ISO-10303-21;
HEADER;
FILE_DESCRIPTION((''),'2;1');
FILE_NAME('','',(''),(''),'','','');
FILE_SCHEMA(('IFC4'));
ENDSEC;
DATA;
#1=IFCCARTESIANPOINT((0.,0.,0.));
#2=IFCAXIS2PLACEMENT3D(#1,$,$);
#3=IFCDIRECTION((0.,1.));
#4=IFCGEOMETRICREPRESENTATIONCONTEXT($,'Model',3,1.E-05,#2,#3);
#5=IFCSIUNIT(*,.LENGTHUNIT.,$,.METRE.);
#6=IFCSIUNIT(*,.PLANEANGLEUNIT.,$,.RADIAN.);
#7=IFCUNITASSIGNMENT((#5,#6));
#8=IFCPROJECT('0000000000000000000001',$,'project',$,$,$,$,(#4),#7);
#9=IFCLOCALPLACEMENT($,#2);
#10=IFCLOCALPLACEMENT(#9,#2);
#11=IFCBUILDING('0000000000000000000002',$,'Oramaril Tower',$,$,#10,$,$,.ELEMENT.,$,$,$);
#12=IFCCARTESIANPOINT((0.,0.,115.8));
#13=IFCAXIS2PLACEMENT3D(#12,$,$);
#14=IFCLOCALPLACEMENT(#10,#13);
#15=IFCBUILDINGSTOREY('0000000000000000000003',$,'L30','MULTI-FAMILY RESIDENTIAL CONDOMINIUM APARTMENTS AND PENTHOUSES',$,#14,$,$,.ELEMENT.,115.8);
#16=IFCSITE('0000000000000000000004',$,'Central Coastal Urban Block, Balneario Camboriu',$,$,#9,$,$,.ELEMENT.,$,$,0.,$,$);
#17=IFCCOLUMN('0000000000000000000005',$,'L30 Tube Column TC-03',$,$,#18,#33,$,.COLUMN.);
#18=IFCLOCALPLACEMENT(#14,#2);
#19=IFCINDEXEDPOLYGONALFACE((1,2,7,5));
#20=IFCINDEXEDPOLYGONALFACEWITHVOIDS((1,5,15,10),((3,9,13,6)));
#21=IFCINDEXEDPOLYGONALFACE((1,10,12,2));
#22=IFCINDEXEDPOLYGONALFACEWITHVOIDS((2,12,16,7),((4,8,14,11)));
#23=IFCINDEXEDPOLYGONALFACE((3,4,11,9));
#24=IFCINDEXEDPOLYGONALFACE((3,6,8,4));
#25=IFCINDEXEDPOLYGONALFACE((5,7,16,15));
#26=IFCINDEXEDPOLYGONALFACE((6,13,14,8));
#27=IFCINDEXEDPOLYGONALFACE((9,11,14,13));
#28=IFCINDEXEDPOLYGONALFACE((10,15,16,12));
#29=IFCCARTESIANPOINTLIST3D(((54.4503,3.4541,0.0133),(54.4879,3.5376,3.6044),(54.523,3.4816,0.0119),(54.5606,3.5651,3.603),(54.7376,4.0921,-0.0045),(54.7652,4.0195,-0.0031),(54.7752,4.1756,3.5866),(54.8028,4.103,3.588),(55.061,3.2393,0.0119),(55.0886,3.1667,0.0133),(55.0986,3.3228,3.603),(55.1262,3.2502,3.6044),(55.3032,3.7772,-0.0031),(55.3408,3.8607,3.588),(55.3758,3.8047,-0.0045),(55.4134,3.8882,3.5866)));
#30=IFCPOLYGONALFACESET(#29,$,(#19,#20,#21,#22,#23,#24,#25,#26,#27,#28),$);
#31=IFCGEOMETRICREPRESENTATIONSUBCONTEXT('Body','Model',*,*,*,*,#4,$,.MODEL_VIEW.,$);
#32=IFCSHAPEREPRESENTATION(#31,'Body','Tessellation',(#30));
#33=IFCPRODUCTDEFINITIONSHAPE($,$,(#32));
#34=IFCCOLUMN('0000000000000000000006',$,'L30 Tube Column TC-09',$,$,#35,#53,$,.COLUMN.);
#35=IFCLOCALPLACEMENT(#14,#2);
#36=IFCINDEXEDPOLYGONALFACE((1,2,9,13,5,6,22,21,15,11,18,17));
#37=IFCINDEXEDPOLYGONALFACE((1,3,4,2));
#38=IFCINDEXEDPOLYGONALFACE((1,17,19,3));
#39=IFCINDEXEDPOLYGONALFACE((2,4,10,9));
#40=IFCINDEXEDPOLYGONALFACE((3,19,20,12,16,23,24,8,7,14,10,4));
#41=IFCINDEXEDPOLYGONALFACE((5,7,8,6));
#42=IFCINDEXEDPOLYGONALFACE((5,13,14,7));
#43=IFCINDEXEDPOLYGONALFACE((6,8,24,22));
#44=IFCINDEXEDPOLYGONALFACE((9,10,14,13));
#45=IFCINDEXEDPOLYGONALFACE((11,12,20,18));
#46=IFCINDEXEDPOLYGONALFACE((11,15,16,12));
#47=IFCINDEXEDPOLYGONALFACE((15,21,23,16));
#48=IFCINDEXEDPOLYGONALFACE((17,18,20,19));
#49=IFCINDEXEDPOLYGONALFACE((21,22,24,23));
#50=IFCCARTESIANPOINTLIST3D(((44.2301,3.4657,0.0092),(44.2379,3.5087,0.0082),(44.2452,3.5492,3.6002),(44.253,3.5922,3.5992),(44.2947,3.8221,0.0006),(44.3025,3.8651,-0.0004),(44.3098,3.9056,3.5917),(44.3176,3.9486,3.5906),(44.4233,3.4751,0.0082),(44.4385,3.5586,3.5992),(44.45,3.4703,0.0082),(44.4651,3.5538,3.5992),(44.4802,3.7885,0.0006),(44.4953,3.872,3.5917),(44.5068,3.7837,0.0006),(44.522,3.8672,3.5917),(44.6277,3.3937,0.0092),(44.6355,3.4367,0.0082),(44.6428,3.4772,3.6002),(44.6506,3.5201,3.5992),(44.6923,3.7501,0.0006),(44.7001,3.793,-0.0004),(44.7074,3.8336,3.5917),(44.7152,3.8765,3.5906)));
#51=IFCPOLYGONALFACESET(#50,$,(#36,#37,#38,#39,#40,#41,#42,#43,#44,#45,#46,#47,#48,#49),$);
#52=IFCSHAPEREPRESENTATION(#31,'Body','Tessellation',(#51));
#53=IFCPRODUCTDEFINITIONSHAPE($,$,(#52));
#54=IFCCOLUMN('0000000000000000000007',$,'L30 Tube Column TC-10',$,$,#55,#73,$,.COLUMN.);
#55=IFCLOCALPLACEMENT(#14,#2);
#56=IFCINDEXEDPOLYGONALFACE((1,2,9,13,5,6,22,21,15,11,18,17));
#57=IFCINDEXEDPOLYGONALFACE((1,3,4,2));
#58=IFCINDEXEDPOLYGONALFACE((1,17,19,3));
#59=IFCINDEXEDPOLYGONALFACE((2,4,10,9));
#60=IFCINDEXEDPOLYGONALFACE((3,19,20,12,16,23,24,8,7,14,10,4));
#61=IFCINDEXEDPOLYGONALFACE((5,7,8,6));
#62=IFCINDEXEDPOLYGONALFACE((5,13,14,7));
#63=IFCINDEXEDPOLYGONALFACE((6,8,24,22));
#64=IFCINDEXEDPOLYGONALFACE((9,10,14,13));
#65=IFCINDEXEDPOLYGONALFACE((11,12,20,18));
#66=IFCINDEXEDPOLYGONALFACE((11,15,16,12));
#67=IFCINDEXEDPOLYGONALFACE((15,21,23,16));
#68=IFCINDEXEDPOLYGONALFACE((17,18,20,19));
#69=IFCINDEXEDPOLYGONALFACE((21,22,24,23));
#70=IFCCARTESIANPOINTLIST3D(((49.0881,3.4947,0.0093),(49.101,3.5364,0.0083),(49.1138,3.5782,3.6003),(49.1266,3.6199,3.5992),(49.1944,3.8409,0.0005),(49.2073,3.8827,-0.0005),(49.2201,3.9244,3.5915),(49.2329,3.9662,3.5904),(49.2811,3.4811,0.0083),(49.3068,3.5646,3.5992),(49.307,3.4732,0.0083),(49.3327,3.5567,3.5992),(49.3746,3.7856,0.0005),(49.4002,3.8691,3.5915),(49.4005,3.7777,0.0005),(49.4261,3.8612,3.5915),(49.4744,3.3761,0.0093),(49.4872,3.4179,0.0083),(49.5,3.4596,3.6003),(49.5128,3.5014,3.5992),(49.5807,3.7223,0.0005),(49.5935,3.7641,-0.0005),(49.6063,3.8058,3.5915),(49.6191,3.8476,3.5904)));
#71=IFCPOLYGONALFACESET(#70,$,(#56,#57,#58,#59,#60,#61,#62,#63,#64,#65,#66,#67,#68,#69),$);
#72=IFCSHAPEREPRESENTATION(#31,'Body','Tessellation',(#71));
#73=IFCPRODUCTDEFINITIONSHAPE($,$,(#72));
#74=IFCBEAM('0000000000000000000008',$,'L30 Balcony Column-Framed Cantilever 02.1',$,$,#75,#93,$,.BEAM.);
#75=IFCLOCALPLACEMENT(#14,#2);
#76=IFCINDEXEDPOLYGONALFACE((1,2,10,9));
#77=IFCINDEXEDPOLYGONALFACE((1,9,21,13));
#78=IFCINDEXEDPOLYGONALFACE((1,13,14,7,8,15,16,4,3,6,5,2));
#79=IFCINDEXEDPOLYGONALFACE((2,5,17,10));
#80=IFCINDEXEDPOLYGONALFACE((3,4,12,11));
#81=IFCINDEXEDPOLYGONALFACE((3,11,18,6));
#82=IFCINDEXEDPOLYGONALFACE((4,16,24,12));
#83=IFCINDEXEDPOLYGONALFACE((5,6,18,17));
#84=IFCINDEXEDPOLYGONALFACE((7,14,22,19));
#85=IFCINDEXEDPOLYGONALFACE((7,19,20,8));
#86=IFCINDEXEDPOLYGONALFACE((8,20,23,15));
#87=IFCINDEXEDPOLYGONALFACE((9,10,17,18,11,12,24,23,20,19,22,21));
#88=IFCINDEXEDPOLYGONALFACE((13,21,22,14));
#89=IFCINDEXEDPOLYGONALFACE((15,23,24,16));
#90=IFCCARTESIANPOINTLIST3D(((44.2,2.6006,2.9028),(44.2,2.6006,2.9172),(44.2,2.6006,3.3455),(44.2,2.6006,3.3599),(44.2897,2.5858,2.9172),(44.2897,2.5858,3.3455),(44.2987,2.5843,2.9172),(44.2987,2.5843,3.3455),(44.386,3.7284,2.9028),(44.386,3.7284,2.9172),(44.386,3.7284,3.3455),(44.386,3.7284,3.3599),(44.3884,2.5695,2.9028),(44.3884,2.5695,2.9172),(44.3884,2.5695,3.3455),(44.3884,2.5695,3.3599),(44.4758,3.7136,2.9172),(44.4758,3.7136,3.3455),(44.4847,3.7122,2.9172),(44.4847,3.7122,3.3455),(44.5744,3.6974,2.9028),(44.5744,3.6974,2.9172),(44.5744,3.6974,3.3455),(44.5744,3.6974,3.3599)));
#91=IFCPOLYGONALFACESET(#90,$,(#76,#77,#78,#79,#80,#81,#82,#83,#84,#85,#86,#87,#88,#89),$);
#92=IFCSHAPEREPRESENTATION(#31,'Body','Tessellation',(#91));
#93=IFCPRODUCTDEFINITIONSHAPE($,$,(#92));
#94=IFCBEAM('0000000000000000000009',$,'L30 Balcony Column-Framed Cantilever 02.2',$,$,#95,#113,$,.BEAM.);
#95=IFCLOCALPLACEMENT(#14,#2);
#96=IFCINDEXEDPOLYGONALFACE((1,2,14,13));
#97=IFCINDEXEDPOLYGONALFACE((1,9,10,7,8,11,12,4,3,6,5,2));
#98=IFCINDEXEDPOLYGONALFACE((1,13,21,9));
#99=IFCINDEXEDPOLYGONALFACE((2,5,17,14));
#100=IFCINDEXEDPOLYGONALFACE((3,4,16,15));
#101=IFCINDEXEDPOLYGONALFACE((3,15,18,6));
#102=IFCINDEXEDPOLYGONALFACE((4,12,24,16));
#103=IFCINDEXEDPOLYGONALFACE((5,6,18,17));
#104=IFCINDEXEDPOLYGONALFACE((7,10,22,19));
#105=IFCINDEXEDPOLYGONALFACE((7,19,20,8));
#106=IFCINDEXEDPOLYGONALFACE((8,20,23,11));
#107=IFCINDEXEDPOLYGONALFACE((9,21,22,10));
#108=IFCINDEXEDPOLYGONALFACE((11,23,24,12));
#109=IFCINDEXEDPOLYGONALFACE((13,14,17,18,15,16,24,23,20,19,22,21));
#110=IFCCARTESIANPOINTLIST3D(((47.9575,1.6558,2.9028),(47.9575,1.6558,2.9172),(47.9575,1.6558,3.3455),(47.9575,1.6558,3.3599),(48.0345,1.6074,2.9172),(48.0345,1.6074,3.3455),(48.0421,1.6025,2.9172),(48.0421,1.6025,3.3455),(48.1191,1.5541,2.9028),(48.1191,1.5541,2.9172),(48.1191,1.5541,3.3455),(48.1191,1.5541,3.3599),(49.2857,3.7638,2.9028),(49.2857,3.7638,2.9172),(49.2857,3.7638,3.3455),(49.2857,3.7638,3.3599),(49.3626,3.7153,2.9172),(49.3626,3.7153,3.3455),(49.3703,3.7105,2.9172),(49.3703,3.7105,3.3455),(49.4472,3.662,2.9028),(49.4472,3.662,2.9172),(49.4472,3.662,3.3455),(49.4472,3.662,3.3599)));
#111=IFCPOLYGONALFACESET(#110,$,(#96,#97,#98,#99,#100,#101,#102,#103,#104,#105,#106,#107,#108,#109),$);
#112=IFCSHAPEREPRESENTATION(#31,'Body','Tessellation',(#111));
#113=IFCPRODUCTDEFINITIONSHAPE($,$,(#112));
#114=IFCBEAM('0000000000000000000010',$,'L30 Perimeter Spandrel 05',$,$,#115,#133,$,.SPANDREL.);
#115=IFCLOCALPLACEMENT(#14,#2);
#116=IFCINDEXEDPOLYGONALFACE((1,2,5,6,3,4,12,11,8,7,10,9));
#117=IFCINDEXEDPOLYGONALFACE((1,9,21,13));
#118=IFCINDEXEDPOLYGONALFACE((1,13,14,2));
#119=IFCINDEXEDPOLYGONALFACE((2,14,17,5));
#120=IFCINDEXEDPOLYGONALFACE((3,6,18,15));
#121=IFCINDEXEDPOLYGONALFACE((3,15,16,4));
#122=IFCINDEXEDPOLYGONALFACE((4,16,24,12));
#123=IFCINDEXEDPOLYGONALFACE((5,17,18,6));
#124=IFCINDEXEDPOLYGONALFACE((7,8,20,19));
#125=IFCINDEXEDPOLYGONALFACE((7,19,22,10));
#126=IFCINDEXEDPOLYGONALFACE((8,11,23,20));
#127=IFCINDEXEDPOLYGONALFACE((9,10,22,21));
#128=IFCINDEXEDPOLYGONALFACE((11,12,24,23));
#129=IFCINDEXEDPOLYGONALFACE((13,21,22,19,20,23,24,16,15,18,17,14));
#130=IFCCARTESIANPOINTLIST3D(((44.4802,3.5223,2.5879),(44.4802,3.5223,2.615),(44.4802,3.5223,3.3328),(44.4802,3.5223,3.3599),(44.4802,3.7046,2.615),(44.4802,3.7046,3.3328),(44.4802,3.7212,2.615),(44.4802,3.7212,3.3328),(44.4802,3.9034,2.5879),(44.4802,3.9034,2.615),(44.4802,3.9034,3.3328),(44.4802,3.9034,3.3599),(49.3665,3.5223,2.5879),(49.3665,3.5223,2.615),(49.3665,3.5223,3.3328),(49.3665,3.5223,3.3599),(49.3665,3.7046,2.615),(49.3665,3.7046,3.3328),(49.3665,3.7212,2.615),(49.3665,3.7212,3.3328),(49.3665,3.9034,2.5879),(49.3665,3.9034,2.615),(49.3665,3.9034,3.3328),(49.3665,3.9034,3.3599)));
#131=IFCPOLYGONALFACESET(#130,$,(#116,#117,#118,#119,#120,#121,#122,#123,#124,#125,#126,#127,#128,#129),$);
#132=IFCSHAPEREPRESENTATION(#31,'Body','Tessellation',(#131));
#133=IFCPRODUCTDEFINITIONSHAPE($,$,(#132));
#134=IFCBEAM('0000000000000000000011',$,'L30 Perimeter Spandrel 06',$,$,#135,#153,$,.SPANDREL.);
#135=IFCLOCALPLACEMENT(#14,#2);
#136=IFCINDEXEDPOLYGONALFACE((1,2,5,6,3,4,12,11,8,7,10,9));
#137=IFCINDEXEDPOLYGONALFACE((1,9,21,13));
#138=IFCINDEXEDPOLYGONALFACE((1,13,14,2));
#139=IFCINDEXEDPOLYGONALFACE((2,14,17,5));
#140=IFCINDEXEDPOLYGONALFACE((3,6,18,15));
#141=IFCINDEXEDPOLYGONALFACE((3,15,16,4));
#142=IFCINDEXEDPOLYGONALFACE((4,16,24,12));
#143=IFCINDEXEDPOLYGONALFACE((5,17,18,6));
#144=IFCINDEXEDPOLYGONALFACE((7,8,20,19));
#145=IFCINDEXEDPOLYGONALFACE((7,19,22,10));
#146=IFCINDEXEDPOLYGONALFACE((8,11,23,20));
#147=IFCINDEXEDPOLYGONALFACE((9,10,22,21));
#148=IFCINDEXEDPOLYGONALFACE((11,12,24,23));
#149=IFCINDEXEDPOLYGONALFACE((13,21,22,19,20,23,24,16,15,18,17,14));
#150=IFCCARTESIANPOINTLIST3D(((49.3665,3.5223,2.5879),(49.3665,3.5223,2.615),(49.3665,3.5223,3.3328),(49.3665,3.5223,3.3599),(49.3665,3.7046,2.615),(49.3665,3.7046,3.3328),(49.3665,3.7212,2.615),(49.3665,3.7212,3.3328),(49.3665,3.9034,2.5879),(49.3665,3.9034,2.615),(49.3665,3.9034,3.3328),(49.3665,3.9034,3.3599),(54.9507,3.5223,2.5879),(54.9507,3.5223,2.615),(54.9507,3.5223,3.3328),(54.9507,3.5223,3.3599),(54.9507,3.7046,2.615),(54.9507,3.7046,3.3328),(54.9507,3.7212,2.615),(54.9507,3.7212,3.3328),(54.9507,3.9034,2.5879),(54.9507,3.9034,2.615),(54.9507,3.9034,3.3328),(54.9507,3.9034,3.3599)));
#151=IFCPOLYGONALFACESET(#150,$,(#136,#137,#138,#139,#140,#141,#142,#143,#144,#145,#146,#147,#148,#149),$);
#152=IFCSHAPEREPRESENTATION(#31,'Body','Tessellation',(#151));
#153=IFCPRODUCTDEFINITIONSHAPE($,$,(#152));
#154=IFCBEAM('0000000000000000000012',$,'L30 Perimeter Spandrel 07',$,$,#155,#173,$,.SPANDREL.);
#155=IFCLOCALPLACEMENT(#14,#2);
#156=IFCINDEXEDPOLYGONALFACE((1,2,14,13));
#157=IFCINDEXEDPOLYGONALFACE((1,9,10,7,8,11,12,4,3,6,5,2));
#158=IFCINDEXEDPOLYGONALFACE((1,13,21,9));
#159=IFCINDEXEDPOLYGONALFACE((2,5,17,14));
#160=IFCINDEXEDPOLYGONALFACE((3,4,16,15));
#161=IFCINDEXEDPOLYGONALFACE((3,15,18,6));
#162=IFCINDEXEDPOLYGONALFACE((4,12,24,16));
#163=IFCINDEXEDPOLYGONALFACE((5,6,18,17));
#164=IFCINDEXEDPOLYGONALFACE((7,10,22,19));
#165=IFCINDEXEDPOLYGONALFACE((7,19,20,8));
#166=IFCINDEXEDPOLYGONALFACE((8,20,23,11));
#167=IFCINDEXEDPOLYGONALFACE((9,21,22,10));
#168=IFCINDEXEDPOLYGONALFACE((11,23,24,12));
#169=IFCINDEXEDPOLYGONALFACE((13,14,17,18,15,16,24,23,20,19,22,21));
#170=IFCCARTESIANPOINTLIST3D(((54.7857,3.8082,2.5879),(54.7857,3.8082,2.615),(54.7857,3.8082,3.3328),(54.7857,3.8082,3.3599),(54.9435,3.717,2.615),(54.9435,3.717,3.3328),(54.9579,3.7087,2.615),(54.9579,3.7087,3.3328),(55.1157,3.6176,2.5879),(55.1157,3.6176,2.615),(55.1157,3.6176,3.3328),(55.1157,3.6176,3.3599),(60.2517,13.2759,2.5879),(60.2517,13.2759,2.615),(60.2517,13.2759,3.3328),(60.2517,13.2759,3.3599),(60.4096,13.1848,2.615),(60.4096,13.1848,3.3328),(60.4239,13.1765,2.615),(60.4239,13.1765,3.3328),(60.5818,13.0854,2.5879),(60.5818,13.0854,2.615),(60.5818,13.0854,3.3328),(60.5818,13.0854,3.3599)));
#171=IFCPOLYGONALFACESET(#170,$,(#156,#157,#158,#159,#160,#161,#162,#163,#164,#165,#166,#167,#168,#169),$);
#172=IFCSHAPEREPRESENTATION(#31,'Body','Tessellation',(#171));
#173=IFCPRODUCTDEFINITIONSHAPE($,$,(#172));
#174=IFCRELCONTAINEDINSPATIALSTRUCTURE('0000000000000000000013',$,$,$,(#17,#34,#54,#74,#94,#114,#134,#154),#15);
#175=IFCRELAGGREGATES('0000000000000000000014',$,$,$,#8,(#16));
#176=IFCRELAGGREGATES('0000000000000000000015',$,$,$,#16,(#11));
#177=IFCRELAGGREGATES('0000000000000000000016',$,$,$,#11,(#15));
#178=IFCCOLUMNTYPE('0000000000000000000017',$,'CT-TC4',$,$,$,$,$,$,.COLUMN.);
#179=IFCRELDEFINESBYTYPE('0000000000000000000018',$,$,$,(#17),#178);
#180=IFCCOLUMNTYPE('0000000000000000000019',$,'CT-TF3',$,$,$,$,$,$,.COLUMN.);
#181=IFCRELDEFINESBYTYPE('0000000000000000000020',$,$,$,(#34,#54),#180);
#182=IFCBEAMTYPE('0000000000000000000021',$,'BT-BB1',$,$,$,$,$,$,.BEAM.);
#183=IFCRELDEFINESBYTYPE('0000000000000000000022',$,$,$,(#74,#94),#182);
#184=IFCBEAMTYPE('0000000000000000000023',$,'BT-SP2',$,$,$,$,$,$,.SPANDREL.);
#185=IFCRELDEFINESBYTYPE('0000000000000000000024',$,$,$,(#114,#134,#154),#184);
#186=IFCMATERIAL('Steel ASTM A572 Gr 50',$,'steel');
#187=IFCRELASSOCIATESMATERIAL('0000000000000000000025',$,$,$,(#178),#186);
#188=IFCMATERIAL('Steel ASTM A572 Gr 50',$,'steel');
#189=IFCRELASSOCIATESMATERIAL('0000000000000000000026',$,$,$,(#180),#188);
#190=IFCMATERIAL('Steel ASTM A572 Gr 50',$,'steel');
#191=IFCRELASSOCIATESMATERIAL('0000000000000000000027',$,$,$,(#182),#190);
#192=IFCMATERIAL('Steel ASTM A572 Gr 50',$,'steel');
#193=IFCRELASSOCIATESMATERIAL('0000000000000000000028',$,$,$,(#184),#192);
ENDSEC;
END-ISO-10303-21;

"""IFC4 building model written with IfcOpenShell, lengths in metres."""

from ifc_helpers import new_model, si_unit, direction, frame, origin, origin_2d, place, context, subcontext, project, spatial, hollow_rectangle, i_section, extrude, material, material_profile, profile_set, type_object, element, save


model = new_model("IFC4")

# Units and contexts
model_context = context("Model", 3, precision=1e-05, world=origin(), true_north=direction((0.0, 1.0)))
body_context = subcontext(model_context, "Body", "Model", "MODEL_VIEW")
ifc_project = project(units=[si_unit("LENGTHUNIT", "METRE"), si_unit("PLANEANGLEUNIT", "RADIAN")], contexts=[model_context])

# Site, building, storey
site_placement = place(None, origin())
site = spatial("IfcSite", under=ifc_project, at=site_placement, Name="Central Coastal Urban Block, Balneario Camboriu", CompositionType="ELEMENT", RefElevation=0.0)
building_placement = place(site_placement, origin())
building = spatial("IfcBuilding", under=site, at=building_placement, Name="Oramaril Tower", CompositionType="ELEMENT")
storey_placement = place(building_placement, frame((0.0, 0.0, 115.8)))
storey = spatial("IfcBuildingStorey", under=building, at=storey_placement, Name="L30", Description="MULTI-FAMILY RESIDENTIAL CONDOMINIUM APARTMENTS AND PENTHOUSES", CompositionType="ELEMENT", Elevation=115.8)

# Columns
ifc_material_1 = material(Name="Steel ASTM A572 Gr 50", Category="steel")
ifc_material_profile_1 = material_profile(ifc_material_1, hollow_rectangle(XDim=0.7, YDim=0.7, WallThickness=0.0549, at=origin_2d()), Name="BOX700X700X55")
ifc_profile_set_1 = profile_set([ifc_material_profile_1], Name="Steel ASTM A572 Gr 50")
column_type_1 = type_object("IfcColumnType", Name="CT-TC4", PredefinedType="COLUMN", material=ifc_profile_set_1)
column_placement = place(storey_placement, frame((54.9131, 3.6294, 0.0044), z_axis=(0.010466, 0.023244, 0.999675), x_axis=(-0.911822, 0.410586, 0.0)))
element("IfcColumn", 1, at=column_placement, inside=storey, type_object=column_type_1, Name="L30 Tube Column TC-03", PredefinedType="COLUMN", context=body_context, shape_type="SweptSolid", body=[
    extrude(hollow_rectangle(XDim=0.7, YDim=0.7, WallThickness=0.0549, at=origin_2d()), origin(), (0.0, 0.0, 1.0), 3.5923),
])
ifc_material_2 = material(Name="Steel ASTM A572 Gr 50", Category="steel")
ifc_material_profile_2 = material_profile(ifc_material_2, i_section(OverallWidth=0.4041, OverallDepth=0.406, WebThickness=0.0271, FlangeThickness=0.0437, at=origin_2d()), Name="W14X233")
ifc_profile_set_2 = profile_set([ifc_material_profile_2], Name="Steel ASTM A572 Gr 50")
column_type_2 = type_object("IfcColumnType", Name="CT-TF3", PredefinedType="COLUMN", material=ifc_profile_set_2)
for number, where, z_axis, x_axis, name in (
    (2, (44.4651, 3.6294, 0.0044), (0.004214, 0.023245, 0.999721), (-0.983962, 0.178379, 0.0), "L30 Tube Column TC-09"),
    (3, (49.3408, 3.6294, 0.0044), (0.007136, 0.023244, 0.999704), (-0.95596, 0.293497, 0.0), "L30 Tube Column TC-10"),
):
    element("IfcColumn", number, at=place(storey_placement, frame(where, z_axis=z_axis, x_axis=x_axis)), inside=storey, type_object=column_type_2, Name=name, PredefinedType="COLUMN", context=body_context, shape_type="SweptSolid", body=[
        extrude(i_section(OverallWidth=0.4041, OverallDepth=0.406, WebThickness=0.0271, FlangeThickness=0.0437, at=origin_2d()), origin(), (0.0, 0.0, 1.0), 3.592),
    ])

# Beams
ifc_material_3 = material(Name="Steel ASTM A572 Gr 50", Category="steel")
ifc_material_profile_3 = material_profile(ifc_material_3, i_section(OverallWidth=0.1909, OverallDepth=0.457, WebThickness=0.009, FlangeThickness=0.0144, at=origin_2d()), Name="W18X50")
ifc_profile_set_3 = profile_set([ifc_material_profile_3], Name="Steel ASTM A572 Gr 50")
beam_type_1 = type_object("IfcBeamType", Name="BT-BB1", PredefinedType="BEAM", material=ifc_profile_set_3)
beam_1_placement = place(storey_placement, frame((44.4802, 3.7129, 3.1313), z_axis=(-0.162736, -0.98667, 0.0), x_axis=(0.98667, -0.162736, 0.0)))
element("IfcBeam", 4, at=beam_1_placement, inside=storey, type_object=beam_type_1, Name="L30 Balcony Column-Framed Cantilever 02.1", PredefinedType="BEAM", context=body_context, shape_type="SweptSolid", body=[
    extrude(i_section(OverallWidth=0.1909, OverallDepth=0.457, WebThickness=0.009, FlangeThickness=0.0144, at=origin_2d()), origin(), (0.0, 0.0, 1.0), 1.1431),
])
beam_2_placement = place(storey_placement, frame((49.3665, 3.7129, 3.1313), z_axis=(-0.533078, -0.846066, 0.0), x_axis=(0.846066, -0.533078, 0.0)))
element("IfcBeam", 5, at=beam_2_placement, inside=storey, type_object=beam_type_1, Name="L30 Balcony Column-Framed Cantilever 02.2", PredefinedType="BEAM", context=body_context, shape_type="SweptSolid", body=[
    extrude(i_section(OverallWidth=0.1909, OverallDepth=0.457, WebThickness=0.009, FlangeThickness=0.0144, at=origin_2d()), origin(), (0.0, 0.0, 1.0), 2.4915),
])
ifc_material_4 = material(Name="Steel ASTM A572 Gr 50", Category="steel")
ifc_material_profile_4 = material_profile(ifc_material_4, i_section(OverallWidth=0.3811, OverallDepth=0.772, WebThickness=0.0166, FlangeThickness=0.0271, at=origin_2d()), Name="W30X173")
ifc_profile_set_4 = profile_set([ifc_material_profile_4], Name="Steel ASTM A572 Gr 50")
beam_type_2 = type_object("IfcBeamType", Name="BT-SP2", PredefinedType="SPANDREL", material=ifc_profile_set_4)
beam_3_placement = place(storey_placement, frame((44.4802, 3.7129, 2.9739), z_axis=(1.0, 0.0, 0.0), x_axis=(0.0, 1.0, 0.0)))
element("IfcBeam", 6, at=beam_3_placement, inside=storey, type_object=beam_type_2, Name="L30 Perimeter Spandrel 05", PredefinedType="SPANDREL", context=body_context, shape_type="SweptSolid", body=[
    extrude(i_section(OverallWidth=0.3811, OverallDepth=0.772, WebThickness=0.0166, FlangeThickness=0.0271, at=origin_2d()), origin(), (0.0, 0.0, 1.0), 4.8862),
])
beam_4_placement = place(storey_placement, frame((49.3665, 3.7129, 2.9739), z_axis=(1.0, 0.0, 0.0), x_axis=(0.0, 1.0, 0.0)))
element("IfcBeam", 7, at=beam_4_placement, inside=storey, type_object=beam_type_2, Name="L30 Perimeter Spandrel 06", PredefinedType="SPANDREL", context=body_context, shape_type="SweptSolid", body=[
    extrude(i_section(OverallWidth=0.3811, OverallDepth=0.772, WebThickness=0.0166, FlangeThickness=0.0271, at=origin_2d()), origin(), (0.0, 0.0, 1.0), 5.5842),
])
beam_5_placement = place(storey_placement, frame((54.9507, 3.7129, 2.9739), z_axis=(0.499989, 0.866032, 0.0), x_axis=(-0.866032, 0.499989, 0.0)))
element("IfcBeam", 8, at=beam_5_placement, inside=storey, type_object=beam_type_2, Name="L30 Perimeter Spandrel 07", PredefinedType="SPANDREL", context=body_context, shape_type="SweptSolid", body=[
    extrude(i_section(OverallWidth=0.3811, OverallDepth=0.772, WebThickness=0.0166, FlangeThickness=0.0271, at=origin_2d()), origin(), (0.0, 0.0, 1.0), 10.9324),
])

save(model, "model.ifc")
